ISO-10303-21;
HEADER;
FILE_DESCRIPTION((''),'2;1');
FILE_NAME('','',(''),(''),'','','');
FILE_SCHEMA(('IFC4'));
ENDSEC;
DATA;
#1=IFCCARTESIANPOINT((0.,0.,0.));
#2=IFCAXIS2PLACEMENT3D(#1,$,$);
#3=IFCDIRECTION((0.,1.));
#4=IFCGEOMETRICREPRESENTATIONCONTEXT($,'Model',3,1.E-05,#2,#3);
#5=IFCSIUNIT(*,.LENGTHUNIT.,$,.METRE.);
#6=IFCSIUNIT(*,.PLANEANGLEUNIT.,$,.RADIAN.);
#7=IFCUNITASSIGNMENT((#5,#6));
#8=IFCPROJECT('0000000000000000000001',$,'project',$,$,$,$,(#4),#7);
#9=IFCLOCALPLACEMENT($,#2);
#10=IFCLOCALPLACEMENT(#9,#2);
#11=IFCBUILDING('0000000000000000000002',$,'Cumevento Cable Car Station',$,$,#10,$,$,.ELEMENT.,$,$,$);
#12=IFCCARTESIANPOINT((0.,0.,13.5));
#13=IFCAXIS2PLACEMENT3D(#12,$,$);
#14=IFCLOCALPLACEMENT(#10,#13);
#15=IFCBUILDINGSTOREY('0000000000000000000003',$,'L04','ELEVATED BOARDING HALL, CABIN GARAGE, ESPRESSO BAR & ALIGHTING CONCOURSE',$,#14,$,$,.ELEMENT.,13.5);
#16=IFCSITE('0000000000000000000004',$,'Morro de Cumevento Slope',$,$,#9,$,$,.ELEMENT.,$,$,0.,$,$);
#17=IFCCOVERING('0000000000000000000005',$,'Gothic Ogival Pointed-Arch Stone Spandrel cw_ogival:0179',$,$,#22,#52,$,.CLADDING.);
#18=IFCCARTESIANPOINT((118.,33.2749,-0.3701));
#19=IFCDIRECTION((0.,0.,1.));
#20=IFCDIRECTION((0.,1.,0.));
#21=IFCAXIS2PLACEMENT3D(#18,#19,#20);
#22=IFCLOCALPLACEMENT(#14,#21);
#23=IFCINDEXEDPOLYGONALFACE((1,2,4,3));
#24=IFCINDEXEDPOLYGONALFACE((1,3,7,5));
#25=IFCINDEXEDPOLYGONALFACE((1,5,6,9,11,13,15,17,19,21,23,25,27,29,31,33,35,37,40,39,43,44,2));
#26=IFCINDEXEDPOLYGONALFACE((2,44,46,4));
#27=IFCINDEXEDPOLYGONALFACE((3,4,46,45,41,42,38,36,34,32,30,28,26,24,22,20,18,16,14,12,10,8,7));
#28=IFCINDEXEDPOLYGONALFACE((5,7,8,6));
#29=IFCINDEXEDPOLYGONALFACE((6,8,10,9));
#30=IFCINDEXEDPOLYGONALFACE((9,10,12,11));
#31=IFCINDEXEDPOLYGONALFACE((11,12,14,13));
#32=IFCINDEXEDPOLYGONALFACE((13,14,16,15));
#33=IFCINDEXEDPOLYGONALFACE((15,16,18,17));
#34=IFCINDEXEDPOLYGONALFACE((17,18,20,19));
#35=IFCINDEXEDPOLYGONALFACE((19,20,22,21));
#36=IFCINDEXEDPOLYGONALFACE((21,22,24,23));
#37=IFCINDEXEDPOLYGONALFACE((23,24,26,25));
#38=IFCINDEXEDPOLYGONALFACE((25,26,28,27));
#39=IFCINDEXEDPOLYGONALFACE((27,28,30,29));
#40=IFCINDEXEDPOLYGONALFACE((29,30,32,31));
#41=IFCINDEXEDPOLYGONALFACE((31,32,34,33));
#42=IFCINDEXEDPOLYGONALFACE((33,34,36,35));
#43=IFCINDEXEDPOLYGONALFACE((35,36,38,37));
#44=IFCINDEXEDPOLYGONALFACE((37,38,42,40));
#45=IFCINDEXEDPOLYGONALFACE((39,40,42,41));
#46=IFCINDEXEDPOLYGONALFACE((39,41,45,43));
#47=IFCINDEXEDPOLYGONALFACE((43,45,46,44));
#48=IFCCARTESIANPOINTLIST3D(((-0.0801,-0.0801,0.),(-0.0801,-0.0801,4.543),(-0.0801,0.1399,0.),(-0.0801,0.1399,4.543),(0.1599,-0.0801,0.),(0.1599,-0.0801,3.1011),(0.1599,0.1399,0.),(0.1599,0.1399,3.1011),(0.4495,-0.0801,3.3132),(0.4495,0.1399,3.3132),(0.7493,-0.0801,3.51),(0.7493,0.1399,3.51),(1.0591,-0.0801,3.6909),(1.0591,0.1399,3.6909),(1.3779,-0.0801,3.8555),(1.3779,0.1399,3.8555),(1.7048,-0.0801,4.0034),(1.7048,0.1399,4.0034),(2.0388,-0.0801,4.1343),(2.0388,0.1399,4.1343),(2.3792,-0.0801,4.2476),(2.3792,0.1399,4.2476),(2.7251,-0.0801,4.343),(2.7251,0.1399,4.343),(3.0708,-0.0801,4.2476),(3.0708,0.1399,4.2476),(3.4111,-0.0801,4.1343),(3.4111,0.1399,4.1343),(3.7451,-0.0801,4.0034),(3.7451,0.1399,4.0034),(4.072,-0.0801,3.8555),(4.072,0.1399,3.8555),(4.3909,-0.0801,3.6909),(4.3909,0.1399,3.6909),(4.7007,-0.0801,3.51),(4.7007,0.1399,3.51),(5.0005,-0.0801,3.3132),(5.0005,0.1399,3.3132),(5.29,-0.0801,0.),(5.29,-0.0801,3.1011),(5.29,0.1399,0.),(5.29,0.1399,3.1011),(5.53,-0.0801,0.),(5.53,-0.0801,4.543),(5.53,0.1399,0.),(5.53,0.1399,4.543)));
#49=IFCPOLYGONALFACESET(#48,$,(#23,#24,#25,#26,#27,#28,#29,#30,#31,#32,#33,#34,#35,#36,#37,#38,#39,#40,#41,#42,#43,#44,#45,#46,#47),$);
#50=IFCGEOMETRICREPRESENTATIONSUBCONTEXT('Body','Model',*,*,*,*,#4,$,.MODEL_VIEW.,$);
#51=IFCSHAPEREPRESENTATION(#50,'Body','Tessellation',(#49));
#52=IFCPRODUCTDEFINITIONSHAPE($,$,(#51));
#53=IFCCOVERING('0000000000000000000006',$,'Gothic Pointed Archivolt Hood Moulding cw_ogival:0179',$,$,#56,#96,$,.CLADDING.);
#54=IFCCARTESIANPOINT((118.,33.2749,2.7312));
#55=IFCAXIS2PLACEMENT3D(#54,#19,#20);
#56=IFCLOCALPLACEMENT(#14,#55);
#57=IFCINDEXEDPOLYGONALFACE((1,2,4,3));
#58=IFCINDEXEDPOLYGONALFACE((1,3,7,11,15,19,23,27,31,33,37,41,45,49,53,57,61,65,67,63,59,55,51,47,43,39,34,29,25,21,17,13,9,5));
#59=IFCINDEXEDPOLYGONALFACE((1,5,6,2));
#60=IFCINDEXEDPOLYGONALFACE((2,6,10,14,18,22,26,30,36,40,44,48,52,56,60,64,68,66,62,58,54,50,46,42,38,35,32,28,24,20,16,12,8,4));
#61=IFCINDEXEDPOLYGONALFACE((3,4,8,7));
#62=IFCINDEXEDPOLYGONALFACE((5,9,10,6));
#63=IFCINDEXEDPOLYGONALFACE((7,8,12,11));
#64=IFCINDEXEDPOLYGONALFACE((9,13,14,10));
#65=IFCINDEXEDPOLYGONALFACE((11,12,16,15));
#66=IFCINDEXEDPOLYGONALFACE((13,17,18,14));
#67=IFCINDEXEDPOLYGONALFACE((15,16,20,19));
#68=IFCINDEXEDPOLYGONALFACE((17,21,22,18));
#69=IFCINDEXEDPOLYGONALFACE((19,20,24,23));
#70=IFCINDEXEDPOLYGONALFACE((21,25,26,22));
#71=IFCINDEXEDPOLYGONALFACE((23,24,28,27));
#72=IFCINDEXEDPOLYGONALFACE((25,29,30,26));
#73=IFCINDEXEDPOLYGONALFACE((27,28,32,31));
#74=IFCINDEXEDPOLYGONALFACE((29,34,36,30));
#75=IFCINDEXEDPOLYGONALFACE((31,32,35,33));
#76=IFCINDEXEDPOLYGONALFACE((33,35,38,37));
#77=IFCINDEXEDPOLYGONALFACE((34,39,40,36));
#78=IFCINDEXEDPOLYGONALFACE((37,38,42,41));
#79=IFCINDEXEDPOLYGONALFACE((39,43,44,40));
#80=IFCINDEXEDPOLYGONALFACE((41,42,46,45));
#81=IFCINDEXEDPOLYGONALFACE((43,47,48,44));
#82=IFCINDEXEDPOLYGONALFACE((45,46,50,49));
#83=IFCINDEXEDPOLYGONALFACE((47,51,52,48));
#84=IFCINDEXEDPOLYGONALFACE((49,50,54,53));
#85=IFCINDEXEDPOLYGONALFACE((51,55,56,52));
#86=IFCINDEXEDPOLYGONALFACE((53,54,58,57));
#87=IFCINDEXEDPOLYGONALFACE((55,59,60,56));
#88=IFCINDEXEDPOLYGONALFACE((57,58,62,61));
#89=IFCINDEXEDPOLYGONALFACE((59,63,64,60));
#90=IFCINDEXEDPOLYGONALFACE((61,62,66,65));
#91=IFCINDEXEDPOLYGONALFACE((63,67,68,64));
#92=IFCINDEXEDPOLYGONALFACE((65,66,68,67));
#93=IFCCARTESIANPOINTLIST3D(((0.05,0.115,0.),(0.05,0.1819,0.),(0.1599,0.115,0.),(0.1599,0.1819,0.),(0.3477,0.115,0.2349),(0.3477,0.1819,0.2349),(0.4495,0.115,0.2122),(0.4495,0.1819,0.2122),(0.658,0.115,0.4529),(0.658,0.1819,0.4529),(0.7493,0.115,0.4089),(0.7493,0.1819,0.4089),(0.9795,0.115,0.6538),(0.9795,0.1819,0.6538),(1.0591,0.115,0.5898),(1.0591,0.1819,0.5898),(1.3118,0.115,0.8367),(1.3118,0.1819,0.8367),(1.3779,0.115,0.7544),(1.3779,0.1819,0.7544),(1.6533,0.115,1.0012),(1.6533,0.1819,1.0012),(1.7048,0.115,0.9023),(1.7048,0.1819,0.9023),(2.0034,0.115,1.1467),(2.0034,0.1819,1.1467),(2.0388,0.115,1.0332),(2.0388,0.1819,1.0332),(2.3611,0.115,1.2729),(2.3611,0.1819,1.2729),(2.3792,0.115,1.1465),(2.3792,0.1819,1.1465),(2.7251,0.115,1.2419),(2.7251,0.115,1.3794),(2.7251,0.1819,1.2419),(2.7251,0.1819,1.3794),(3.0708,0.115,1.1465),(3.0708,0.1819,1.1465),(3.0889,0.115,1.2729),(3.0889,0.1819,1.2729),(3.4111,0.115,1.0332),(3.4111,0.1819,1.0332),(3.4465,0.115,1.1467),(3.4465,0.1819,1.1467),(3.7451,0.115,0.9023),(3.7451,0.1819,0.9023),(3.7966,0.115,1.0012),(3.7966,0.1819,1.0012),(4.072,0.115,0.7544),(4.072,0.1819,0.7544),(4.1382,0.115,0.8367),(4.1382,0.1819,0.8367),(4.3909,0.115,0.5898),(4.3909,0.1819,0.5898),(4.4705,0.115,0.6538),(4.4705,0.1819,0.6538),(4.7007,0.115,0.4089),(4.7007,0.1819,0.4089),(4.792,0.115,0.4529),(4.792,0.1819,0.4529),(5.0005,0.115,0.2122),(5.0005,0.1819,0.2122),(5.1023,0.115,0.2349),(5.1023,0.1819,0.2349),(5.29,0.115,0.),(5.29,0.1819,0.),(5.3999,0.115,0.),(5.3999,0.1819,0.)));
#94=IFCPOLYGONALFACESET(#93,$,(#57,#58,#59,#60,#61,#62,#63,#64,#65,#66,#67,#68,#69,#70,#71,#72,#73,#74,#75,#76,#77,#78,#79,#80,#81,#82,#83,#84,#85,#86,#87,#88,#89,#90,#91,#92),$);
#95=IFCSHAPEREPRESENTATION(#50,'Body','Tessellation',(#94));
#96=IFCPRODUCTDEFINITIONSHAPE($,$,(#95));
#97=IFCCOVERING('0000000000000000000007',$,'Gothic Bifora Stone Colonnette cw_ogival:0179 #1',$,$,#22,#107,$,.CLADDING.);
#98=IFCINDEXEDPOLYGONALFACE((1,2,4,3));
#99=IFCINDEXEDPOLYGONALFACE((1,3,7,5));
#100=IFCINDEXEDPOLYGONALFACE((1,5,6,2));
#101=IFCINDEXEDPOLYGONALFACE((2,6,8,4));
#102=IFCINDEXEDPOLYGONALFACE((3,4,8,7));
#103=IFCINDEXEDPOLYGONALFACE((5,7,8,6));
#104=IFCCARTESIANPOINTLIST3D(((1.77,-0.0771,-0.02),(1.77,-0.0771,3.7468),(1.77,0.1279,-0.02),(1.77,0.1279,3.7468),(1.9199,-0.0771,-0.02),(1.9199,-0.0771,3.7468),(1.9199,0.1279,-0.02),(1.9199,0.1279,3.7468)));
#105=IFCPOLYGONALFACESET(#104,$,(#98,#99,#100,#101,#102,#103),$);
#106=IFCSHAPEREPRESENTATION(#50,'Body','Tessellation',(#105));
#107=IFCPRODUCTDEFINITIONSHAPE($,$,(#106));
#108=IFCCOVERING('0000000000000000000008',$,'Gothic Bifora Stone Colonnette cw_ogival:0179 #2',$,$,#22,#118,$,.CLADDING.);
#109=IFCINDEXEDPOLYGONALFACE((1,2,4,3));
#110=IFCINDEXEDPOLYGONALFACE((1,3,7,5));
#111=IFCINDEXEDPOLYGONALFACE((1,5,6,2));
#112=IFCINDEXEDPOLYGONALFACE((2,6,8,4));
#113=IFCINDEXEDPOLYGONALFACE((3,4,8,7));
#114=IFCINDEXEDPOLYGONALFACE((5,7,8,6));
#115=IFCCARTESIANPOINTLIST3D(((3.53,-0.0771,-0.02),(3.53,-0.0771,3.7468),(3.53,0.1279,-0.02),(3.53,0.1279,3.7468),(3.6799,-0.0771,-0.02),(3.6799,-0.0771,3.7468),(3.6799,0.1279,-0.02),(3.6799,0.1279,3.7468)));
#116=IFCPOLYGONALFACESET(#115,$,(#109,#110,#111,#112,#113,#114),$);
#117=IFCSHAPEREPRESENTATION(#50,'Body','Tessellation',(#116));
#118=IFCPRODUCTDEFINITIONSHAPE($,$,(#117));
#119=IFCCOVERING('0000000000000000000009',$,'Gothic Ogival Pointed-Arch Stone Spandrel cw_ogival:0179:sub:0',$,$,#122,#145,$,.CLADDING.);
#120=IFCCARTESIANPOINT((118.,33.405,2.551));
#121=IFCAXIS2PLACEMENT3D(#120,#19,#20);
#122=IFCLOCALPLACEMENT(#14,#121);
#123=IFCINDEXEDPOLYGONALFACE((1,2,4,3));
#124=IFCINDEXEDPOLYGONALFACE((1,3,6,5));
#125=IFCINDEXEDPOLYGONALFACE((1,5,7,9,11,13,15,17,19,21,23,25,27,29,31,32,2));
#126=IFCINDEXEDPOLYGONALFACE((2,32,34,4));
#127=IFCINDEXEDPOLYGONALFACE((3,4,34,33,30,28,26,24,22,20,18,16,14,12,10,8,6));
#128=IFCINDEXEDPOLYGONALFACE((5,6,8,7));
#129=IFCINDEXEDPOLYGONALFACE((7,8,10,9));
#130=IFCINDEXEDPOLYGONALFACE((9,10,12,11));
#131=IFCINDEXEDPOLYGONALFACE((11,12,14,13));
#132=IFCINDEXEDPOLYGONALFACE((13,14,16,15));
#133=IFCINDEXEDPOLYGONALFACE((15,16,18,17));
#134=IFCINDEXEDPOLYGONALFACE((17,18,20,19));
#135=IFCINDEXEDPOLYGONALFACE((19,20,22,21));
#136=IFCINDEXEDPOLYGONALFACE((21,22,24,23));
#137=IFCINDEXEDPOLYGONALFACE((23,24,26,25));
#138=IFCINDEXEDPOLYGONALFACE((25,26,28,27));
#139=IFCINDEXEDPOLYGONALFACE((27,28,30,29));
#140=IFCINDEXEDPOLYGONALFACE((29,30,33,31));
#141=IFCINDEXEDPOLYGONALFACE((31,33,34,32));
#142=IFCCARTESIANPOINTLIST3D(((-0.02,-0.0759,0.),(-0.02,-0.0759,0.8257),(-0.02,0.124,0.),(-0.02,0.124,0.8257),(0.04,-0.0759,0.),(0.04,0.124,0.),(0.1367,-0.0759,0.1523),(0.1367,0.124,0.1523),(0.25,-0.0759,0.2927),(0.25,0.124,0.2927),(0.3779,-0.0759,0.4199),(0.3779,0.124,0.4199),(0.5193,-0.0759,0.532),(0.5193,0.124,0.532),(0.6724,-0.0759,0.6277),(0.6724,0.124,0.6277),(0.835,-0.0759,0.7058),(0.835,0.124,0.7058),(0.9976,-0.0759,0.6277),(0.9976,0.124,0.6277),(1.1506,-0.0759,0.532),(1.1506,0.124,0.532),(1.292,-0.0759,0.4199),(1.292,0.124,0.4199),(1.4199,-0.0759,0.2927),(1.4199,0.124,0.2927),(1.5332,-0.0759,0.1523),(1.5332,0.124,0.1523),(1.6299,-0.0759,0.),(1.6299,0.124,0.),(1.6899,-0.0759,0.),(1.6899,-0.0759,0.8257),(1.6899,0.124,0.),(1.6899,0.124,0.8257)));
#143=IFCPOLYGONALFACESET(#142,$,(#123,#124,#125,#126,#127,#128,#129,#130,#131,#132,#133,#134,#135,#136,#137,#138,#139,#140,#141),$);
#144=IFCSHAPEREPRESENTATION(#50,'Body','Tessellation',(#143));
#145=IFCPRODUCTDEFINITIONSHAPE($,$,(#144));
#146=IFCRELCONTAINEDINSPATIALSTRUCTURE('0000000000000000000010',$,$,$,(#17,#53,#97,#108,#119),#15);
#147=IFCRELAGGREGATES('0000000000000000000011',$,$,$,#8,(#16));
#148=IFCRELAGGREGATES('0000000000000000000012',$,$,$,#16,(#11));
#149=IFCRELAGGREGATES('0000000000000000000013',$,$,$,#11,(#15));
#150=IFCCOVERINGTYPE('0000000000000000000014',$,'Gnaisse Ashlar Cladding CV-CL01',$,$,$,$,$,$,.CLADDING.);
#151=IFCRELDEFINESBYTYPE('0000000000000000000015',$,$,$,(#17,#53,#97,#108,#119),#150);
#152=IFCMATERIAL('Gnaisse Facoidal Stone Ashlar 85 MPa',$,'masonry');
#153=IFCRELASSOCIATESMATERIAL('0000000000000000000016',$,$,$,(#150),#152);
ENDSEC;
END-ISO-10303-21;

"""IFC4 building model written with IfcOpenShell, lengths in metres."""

from ifc_helpers import new_model, si_unit, direction, frame, origin, place, context, subcontext, project, spatial, polyline, outline, extrude, material, type_object, element, save


model = new_model("IFC4")

# Units and contexts
model_context = context("Model", 3, precision=1e-05, world=origin(), true_north=direction((0.0, 1.0)))
body_context = subcontext(model_context, "Body", "Model", "MODEL_VIEW")
ifc_project = project(units=[si_unit("LENGTHUNIT", "METRE"), si_unit("PLANEANGLEUNIT", "RADIAN")], contexts=[model_context])

# Site, building, storey
site_placement = place(None, origin())
site = spatial("IfcSite", under=ifc_project, at=site_placement, Name="Morro de Cumevento Slope", CompositionType="ELEMENT", RefElevation=0.0)
building_placement = place(site_placement, origin())
building = spatial("IfcBuilding", under=site, at=building_placement, Name="Cumevento Cable Car Station", CompositionType="ELEMENT")
storey_placement = place(building_placement, frame((0.0, 0.0, 13.5)))
storey = spatial("IfcBuildingStorey", under=building, at=storey_placement, Name="L04", Description="ELEVATED BOARDING HALL, CABIN GARAGE, ESPRESSO BAR & ALIGHTING CONCOURSE", CompositionType="ELEMENT", Elevation=13.5)

# Coverings
ifc_material_1 = material(Name="Gnaisse Facoidal Stone Ashlar 85 MPa", Category="masonry")
covering_type = type_object("IfcCoveringType", Name="Gnaisse Ashlar Cladding CV-CL01", PredefinedType="CLADDING", material=ifc_material_1)
placement = place(storey_placement, frame((118.0, 33.2749, -0.3701), z_axis=(0.0, 0.0, 1.0), x_axis=(0.0, 1.0, 0.0)))
element("IfcCovering", 1, at=placement, inside=storey, type_object=covering_type, Name="Gothic Ogival Pointed-Arch Stone Spandrel cw_ogival:0179", PredefinedType="CLADDING", context=body_context, shape_type="SweptSolid", body=[
    extrude(outline(polyline([(-0.0801, 0.0), (-0.0801, 4.543), (5.53, 4.543), (5.53, 0.0), (5.29, 0.0), (5.29, 3.1011), (5.0005, 3.3132), (4.7007, 3.51), (4.3909, 3.6909), (4.072, 3.8555), (3.7451, 4.0034), (3.4111, 4.1343), (3.0708, 4.2476), (2.7251, 4.343), (2.3792, 4.2476), (2.0388, 4.1343), (1.7048, 4.0034), (1.3779, 3.8555), (1.0591, 3.6909), (0.7493, 3.51), (0.4495, 3.3132), (0.1599, 3.1011), (0.1599, 0.0), (-0.0801, 0.0)])), frame((0.0, 0.1399, 0.0), z_axis=(0.0, -1.0, 0.0), x_axis=(1.0, 0.0, 0.0)), (0.0, 0.0, 1.0), 0.22),
])
covering_1_placement = place(storey_placement, frame((118.0, 33.2749, 2.7312), z_axis=(0.0, 0.0, 1.0), x_axis=(0.0, 1.0, 0.0)))
element("IfcCovering", 2, at=covering_1_placement, inside=storey, type_object=covering_type, Name="Gothic Pointed Archivolt Hood Moulding cw_ogival:0179", PredefinedType="CLADDING", context=body_context, shape_type="SweptSolid", body=[
    extrude(outline(polyline([(0.1599, 0.0), (0.4495, 0.2122), (0.7493, 0.4089), (1.0591, 0.5898), (1.3779, 0.7544), (1.7048, 0.9023), (2.0388, 1.0332), (2.3792, 1.1465), (2.7251, 1.2419), (3.0708, 1.1465), (3.4111, 1.0332), (3.7451, 0.9023), (4.072, 0.7544), (4.3909, 0.5898), (4.7007, 0.4089), (5.0005, 0.2122), (5.29, 0.0), (5.3999, 0.0), (5.1023, 0.2349), (4.792, 0.4529), (4.4705, 0.6538), (4.1382, 0.8367), (3.7966, 1.0012), (3.4465, 1.1467), (3.0889, 1.2729), (2.7251, 1.3794), (2.3611, 1.2729), (2.0034, 1.1467), (1.6533, 1.0012), (1.3118, 0.8367), (0.9795, 0.6538), (0.658, 0.4529), (0.3477, 0.2349), (0.05, 0.0), (0.1599, 0.0)])), frame((0.0, 0.1819, 0.0), z_axis=(0.0, -1.0, 0.0), x_axis=(1.0, 0.0, 0.0)), (0.0, 0.0, 1.0), 0.0669),
])
element("IfcCovering", 3, at=placement, inside=storey, type_object=covering_type, Name="Gothic Bifora Stone Colonnette cw_ogival:0179 #1", PredefinedType="CLADDING", context=body_context, shape_type="SweptSolid", body=[
    extrude(outline(polyline([(1.77, -0.02), (1.9199, -0.02), (1.9199, 3.7468), (1.77, 3.7468), (1.77, -0.02)])), frame((0.0, 0.1279, 0.0), z_axis=(0.0, -1.0, 0.0), x_axis=(1.0, 0.0, 0.0)), (0.0, 0.0, 1.0), 0.2051),
])
element("IfcCovering", 4, at=placement, inside=storey, type_object=covering_type, Name="Gothic Bifora Stone Colonnette cw_ogival:0179 #2", PredefinedType="CLADDING", context=body_context, shape_type="SweptSolid", body=[
    extrude(outline(polyline([(3.53, -0.02), (3.6799, -0.02), (3.6799, 3.7468), (3.53, 3.7468), (3.53, -0.02)])), frame((0.0, 0.1279, 0.0), z_axis=(0.0, -1.0, 0.0), x_axis=(1.0, 0.0, 0.0)), (0.0, 0.0, 1.0), 0.2051),
])
covering_2_placement = place(storey_placement, frame((118.0, 33.405, 2.551), z_axis=(0.0, 0.0, 1.0), x_axis=(0.0, 1.0, 0.0)))
element("IfcCovering", 5, at=covering_2_placement, inside=storey, type_object=covering_type, Name="Gothic Ogival Pointed-Arch Stone Spandrel cw_ogival:0179:sub:0", PredefinedType="CLADDING", context=body_context, shape_type="SweptSolid", body=[
    extrude(outline(polyline([(-0.02, 0.0), (-0.02, 0.8257), (1.6899, 0.8257), (1.6899, 0.0), (1.6299, 0.0), (1.5332, 0.1523), (1.4199, 0.2927), (1.292, 0.4199), (1.1506, 0.532), (0.9976, 0.6277), (0.835, 0.7058), (0.6724, 0.6277), (0.5193, 0.532), (0.3779, 0.4199), (0.25, 0.2927), (0.1367, 0.1523), (0.04, 0.0), (-0.02, 0.0)])), frame((0.0, 0.124, 0.0), z_axis=(0.0, -1.0, 0.0), x_axis=(1.0, 0.0, 0.0)), (0.0, 0.0, 1.0), 0.2),
])

save(model, "model.ifc")
